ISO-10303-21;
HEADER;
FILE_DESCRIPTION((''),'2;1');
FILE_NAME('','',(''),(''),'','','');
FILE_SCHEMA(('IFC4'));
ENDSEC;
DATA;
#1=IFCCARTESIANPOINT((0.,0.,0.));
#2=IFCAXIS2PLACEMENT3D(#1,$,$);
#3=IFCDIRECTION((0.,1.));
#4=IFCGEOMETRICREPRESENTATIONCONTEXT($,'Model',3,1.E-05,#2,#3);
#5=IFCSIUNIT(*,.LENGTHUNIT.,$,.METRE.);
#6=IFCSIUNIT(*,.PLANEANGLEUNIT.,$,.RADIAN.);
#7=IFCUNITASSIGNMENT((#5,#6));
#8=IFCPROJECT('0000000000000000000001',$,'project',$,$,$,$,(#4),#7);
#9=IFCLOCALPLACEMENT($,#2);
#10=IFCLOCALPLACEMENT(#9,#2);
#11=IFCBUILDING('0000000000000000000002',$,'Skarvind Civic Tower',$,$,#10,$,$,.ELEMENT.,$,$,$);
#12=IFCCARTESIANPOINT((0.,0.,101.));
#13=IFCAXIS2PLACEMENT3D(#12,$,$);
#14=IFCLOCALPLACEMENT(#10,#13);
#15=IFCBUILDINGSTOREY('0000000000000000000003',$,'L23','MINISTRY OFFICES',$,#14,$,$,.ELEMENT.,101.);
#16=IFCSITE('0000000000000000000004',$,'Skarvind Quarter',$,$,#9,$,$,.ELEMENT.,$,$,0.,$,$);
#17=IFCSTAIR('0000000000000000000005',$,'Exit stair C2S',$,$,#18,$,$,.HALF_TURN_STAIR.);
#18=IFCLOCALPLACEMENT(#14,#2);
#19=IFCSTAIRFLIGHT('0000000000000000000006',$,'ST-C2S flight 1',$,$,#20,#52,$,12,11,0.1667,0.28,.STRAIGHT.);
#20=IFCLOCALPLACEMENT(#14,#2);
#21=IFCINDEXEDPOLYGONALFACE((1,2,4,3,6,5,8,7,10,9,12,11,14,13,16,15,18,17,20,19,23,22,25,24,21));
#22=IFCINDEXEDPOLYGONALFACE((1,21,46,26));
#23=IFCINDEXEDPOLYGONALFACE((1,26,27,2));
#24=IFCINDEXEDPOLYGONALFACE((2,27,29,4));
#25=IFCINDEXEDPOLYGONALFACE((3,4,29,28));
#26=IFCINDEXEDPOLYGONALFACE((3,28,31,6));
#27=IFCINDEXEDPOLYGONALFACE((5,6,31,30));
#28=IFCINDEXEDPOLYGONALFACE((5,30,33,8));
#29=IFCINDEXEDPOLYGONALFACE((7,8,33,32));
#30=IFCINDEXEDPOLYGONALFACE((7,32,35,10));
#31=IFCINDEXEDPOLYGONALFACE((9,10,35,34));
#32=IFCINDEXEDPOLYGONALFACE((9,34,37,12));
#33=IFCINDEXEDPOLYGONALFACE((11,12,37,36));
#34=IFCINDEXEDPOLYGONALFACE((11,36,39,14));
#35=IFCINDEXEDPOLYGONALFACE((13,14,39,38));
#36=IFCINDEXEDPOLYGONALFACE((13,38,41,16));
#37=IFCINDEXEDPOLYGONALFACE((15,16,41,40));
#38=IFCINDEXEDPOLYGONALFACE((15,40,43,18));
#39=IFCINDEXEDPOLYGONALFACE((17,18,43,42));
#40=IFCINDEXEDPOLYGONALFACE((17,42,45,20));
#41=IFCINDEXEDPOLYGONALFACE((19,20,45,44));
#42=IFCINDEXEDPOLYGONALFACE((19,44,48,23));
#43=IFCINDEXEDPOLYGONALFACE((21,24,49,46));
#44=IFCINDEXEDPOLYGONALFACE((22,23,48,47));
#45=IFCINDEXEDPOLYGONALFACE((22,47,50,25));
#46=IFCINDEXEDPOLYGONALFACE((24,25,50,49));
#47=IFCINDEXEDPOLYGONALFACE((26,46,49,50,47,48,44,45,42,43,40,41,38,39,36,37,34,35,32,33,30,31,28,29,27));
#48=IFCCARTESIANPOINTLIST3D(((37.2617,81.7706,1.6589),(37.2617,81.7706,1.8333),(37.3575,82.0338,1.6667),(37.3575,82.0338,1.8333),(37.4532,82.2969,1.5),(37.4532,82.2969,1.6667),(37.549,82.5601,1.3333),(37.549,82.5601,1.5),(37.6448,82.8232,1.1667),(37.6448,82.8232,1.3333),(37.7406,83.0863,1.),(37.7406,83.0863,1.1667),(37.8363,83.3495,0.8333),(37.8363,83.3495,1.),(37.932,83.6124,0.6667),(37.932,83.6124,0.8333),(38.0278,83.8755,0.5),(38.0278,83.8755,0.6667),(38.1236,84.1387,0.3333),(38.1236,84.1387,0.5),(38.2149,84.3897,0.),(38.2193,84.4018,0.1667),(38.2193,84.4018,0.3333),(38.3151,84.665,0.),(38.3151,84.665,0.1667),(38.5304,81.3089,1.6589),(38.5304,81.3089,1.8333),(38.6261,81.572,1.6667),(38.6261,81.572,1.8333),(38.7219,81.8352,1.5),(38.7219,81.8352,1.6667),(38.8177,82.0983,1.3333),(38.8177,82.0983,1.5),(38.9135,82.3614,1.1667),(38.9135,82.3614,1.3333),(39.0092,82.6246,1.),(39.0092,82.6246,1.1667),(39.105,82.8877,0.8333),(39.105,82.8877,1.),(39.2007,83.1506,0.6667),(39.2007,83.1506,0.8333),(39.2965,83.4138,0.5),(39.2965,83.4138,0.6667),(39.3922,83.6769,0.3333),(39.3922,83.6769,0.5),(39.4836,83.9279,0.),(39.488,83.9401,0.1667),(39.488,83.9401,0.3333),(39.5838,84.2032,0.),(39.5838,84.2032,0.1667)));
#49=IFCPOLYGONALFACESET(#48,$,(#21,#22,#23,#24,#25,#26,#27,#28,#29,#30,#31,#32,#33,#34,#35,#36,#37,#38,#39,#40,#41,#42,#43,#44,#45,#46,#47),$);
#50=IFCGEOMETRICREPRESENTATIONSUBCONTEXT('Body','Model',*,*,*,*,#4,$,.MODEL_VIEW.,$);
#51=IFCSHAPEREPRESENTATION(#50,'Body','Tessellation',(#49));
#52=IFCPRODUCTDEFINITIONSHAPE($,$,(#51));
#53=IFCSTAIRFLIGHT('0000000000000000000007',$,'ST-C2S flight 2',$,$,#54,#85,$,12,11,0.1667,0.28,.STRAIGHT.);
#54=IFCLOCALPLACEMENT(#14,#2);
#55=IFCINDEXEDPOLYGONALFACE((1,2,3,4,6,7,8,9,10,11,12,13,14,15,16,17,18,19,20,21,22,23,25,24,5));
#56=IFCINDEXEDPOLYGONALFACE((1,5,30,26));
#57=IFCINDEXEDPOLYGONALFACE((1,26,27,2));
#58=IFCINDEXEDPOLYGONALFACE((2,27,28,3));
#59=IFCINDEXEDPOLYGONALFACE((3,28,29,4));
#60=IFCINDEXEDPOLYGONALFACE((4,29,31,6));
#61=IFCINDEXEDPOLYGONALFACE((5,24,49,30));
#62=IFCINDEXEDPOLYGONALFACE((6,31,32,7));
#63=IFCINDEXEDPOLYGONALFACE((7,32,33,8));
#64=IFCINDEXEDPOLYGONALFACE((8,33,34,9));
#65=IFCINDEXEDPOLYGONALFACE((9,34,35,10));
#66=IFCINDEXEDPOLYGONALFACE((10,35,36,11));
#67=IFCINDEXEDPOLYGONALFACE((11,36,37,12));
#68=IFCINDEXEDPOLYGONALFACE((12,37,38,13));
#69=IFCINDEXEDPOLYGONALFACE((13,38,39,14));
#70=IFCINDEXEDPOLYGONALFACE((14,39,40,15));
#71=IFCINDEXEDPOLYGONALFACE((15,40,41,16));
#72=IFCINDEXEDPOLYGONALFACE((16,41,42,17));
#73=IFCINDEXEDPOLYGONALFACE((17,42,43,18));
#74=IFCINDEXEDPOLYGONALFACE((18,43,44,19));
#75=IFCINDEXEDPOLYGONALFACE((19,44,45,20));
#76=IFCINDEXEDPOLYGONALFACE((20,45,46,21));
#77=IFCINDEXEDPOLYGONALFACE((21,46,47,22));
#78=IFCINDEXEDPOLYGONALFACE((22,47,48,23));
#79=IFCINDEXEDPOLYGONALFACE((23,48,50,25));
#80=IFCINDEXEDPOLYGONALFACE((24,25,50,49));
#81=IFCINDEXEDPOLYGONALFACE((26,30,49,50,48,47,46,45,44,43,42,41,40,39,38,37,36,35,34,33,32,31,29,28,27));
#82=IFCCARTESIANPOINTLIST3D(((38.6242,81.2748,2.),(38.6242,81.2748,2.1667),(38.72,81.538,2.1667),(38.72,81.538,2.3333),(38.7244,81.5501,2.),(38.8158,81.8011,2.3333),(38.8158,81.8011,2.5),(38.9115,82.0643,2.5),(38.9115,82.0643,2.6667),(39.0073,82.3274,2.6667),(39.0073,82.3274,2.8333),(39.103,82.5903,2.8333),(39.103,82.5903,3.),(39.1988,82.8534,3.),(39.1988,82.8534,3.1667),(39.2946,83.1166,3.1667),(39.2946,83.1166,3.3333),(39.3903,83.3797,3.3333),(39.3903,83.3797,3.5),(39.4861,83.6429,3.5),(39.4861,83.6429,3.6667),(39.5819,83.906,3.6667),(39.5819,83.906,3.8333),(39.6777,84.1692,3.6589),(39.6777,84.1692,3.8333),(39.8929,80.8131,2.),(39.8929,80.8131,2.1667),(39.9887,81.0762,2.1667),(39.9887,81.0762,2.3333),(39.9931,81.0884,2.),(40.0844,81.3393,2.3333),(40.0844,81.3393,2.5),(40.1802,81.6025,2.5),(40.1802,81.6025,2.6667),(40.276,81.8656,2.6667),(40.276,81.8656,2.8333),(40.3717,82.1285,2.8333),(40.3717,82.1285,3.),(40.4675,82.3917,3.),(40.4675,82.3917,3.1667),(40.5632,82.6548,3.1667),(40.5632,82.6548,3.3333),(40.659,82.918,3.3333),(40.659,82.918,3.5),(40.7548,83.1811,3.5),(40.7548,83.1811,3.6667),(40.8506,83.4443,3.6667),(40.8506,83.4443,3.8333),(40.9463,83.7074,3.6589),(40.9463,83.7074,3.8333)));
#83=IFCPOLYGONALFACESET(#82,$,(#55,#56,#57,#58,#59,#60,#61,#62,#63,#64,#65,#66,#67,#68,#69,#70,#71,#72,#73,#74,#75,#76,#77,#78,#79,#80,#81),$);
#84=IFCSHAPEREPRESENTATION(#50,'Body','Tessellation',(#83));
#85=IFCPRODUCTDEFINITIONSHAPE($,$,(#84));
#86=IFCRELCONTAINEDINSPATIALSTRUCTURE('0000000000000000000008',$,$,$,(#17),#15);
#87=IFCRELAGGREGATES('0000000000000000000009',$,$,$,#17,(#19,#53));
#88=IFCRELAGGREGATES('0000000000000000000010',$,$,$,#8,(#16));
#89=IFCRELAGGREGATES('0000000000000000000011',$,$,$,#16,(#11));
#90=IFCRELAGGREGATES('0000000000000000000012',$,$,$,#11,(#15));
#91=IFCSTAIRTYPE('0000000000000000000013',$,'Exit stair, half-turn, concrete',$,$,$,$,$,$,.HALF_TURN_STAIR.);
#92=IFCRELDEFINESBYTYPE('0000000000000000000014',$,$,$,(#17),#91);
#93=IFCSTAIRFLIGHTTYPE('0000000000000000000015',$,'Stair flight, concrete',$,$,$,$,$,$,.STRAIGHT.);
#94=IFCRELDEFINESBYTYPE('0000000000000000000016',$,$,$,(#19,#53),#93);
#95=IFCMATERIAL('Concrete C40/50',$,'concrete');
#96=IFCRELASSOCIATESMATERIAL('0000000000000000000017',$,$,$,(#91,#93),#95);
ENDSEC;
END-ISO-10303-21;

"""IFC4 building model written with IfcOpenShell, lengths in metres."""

from ifc_helpers import new_model, si_unit, direction, frame, origin, place, context, subcontext, project, spatial, polyline, outline, extrude, material, type_object, element, aggregate, save


model = new_model("IFC4")

# Units and contexts
model_context = context("Model", 3, precision=1e-05, world=origin(), true_north=direction((0.0, 1.0)))
body_context = subcontext(model_context, "Body", "Model", "MODEL_VIEW")
ifc_project = project(units=[si_unit("LENGTHUNIT", "METRE"), si_unit("PLANEANGLEUNIT", "RADIAN")], contexts=[model_context])

# Site, building, storey
site_placement = place(None, origin())
site = spatial("IfcSite", under=ifc_project, at=site_placement, Name="Skarvind Quarter", CompositionType="ELEMENT", RefElevation=0.0)
building_placement = place(site_placement, origin())
building = spatial("IfcBuilding", under=site, at=building_placement, Name="Skarvind Civic Tower", CompositionType="ELEMENT")
storey_placement = place(building_placement, frame((0.0, 0.0, 101.0)))
storey = spatial("IfcBuildingStorey", under=building, at=storey_placement, Name="L23", Description="MINISTRY OFFICES", CompositionType="ELEMENT", Elevation=101.0)

# Stair, stair flights
ifc_material_1 = material(Name="Concrete C40/50", Category="concrete")
stair_type = type_object("IfcStairType", Name="Exit stair, half-turn, concrete", PredefinedType="HALF_TURN_STAIR", material=ifc_material_1)
stair_placement = place(storey_placement, origin())
stair = element("IfcStair", 1, at=stair_placement, inside=storey, type_object=stair_type, Name="Exit stair C2S", PredefinedType="HALF_TURN_STAIR")
stair_flight_type = type_object("IfcStairFlightType", Name="Stair flight, concrete", PredefinedType="STRAIGHT", material=ifc_material_1)
stair_flight_1_placement = place(storey_placement, frame((38.9495, 84.4341, 0.0), z_axis=(0.0, 0.0, 1.0), x_axis=(-0.34202, -0.939693, 0.0)))
stair_flight_1 = element("IfcStairFlight", 2, at=stair_flight_1_placement, type_object=stair_flight_type, Name="ST-C2S flight 1", NumberOfRisers=12, NumberOfTreads=11, PredefinedType="STRAIGHT", RiserHeight=0.1667, TreadLength=0.28, context=body_context, shape_type="SweptSolid", body=[
    extrude(outline(polyline([(0.0, 0.0), (0.0, 0.1667), (0.28, 0.1667), (0.28, 0.3333), (0.5601, 0.3333), (0.5601, 0.5), (0.8401, 0.5), (0.8401, 0.6667), (1.1201, 0.6667), (1.1201, 0.8333), (1.3999, 0.8333), (1.3999, 1.0), (1.6799, 1.0), (1.6799, 1.1667), (1.96, 1.1667), (1.96, 1.3333), (2.24, 1.3333), (2.24, 1.5), (2.52, 1.5), (2.52, 1.6667), (2.8, 1.6667), (2.8, 1.8333), (3.0801, 1.8333), (3.0801, 2.0), (3.0801, 1.6589), (0.293, 0.0), (0.0, 0.0)])), frame((0.0, 0.675, 0.0), z_axis=(0.0, -1.0, 0.0), x_axis=(1.0, 0.0, 0.0)), (0.0, 0.0, 1.0), 1.3501),
])
stair_flight_2_placement = place(storey_placement, frame((39.2585, 81.0439, 2.0), z_axis=(0.0, 0.0, 1.0), x_axis=(0.34202, 0.939693, 0.0)))
stair_flight_2 = element("IfcStairFlight", 3, at=stair_flight_2_placement, type_object=stair_flight_type, Name="ST-C2S flight 2", NumberOfRisers=12, NumberOfTreads=11, PredefinedType="STRAIGHT", RiserHeight=0.1667, TreadLength=0.28, context=body_context, shape_type="SweptSolid", body=[
    extrude(outline(polyline([(0.0, 0.0), (0.0, 0.1667), (0.28, 0.1667), (0.28, 0.3333), (0.5601, 0.3333), (0.5601, 0.5), (0.8401, 0.5), (0.8401, 0.6667), (1.1201, 0.6667), (1.1201, 0.8333), (1.3999, 0.8333), (1.3999, 1.0), (1.6799, 1.0), (1.6799, 1.1667), (1.96, 1.1667), (1.96, 1.3333), (2.24, 1.3333), (2.24, 1.5), (2.52, 1.5), (2.52, 1.6667), (2.8, 1.6667), (2.8, 1.8333), (3.0801, 1.8333), (3.0801, 2.0), (3.0801, 1.6589), (0.293, 0.0), (0.0, 0.0)])), frame((0.0, 0.675, 0.0), z_axis=(0.0, -1.0, 0.0), x_axis=(1.0, 0.0, 0.0)), (0.0, 0.0, 1.0), 1.3501),
])
aggregate(stair, [stair_flight_1, stair_flight_2])

save(model, "model.ifc")
